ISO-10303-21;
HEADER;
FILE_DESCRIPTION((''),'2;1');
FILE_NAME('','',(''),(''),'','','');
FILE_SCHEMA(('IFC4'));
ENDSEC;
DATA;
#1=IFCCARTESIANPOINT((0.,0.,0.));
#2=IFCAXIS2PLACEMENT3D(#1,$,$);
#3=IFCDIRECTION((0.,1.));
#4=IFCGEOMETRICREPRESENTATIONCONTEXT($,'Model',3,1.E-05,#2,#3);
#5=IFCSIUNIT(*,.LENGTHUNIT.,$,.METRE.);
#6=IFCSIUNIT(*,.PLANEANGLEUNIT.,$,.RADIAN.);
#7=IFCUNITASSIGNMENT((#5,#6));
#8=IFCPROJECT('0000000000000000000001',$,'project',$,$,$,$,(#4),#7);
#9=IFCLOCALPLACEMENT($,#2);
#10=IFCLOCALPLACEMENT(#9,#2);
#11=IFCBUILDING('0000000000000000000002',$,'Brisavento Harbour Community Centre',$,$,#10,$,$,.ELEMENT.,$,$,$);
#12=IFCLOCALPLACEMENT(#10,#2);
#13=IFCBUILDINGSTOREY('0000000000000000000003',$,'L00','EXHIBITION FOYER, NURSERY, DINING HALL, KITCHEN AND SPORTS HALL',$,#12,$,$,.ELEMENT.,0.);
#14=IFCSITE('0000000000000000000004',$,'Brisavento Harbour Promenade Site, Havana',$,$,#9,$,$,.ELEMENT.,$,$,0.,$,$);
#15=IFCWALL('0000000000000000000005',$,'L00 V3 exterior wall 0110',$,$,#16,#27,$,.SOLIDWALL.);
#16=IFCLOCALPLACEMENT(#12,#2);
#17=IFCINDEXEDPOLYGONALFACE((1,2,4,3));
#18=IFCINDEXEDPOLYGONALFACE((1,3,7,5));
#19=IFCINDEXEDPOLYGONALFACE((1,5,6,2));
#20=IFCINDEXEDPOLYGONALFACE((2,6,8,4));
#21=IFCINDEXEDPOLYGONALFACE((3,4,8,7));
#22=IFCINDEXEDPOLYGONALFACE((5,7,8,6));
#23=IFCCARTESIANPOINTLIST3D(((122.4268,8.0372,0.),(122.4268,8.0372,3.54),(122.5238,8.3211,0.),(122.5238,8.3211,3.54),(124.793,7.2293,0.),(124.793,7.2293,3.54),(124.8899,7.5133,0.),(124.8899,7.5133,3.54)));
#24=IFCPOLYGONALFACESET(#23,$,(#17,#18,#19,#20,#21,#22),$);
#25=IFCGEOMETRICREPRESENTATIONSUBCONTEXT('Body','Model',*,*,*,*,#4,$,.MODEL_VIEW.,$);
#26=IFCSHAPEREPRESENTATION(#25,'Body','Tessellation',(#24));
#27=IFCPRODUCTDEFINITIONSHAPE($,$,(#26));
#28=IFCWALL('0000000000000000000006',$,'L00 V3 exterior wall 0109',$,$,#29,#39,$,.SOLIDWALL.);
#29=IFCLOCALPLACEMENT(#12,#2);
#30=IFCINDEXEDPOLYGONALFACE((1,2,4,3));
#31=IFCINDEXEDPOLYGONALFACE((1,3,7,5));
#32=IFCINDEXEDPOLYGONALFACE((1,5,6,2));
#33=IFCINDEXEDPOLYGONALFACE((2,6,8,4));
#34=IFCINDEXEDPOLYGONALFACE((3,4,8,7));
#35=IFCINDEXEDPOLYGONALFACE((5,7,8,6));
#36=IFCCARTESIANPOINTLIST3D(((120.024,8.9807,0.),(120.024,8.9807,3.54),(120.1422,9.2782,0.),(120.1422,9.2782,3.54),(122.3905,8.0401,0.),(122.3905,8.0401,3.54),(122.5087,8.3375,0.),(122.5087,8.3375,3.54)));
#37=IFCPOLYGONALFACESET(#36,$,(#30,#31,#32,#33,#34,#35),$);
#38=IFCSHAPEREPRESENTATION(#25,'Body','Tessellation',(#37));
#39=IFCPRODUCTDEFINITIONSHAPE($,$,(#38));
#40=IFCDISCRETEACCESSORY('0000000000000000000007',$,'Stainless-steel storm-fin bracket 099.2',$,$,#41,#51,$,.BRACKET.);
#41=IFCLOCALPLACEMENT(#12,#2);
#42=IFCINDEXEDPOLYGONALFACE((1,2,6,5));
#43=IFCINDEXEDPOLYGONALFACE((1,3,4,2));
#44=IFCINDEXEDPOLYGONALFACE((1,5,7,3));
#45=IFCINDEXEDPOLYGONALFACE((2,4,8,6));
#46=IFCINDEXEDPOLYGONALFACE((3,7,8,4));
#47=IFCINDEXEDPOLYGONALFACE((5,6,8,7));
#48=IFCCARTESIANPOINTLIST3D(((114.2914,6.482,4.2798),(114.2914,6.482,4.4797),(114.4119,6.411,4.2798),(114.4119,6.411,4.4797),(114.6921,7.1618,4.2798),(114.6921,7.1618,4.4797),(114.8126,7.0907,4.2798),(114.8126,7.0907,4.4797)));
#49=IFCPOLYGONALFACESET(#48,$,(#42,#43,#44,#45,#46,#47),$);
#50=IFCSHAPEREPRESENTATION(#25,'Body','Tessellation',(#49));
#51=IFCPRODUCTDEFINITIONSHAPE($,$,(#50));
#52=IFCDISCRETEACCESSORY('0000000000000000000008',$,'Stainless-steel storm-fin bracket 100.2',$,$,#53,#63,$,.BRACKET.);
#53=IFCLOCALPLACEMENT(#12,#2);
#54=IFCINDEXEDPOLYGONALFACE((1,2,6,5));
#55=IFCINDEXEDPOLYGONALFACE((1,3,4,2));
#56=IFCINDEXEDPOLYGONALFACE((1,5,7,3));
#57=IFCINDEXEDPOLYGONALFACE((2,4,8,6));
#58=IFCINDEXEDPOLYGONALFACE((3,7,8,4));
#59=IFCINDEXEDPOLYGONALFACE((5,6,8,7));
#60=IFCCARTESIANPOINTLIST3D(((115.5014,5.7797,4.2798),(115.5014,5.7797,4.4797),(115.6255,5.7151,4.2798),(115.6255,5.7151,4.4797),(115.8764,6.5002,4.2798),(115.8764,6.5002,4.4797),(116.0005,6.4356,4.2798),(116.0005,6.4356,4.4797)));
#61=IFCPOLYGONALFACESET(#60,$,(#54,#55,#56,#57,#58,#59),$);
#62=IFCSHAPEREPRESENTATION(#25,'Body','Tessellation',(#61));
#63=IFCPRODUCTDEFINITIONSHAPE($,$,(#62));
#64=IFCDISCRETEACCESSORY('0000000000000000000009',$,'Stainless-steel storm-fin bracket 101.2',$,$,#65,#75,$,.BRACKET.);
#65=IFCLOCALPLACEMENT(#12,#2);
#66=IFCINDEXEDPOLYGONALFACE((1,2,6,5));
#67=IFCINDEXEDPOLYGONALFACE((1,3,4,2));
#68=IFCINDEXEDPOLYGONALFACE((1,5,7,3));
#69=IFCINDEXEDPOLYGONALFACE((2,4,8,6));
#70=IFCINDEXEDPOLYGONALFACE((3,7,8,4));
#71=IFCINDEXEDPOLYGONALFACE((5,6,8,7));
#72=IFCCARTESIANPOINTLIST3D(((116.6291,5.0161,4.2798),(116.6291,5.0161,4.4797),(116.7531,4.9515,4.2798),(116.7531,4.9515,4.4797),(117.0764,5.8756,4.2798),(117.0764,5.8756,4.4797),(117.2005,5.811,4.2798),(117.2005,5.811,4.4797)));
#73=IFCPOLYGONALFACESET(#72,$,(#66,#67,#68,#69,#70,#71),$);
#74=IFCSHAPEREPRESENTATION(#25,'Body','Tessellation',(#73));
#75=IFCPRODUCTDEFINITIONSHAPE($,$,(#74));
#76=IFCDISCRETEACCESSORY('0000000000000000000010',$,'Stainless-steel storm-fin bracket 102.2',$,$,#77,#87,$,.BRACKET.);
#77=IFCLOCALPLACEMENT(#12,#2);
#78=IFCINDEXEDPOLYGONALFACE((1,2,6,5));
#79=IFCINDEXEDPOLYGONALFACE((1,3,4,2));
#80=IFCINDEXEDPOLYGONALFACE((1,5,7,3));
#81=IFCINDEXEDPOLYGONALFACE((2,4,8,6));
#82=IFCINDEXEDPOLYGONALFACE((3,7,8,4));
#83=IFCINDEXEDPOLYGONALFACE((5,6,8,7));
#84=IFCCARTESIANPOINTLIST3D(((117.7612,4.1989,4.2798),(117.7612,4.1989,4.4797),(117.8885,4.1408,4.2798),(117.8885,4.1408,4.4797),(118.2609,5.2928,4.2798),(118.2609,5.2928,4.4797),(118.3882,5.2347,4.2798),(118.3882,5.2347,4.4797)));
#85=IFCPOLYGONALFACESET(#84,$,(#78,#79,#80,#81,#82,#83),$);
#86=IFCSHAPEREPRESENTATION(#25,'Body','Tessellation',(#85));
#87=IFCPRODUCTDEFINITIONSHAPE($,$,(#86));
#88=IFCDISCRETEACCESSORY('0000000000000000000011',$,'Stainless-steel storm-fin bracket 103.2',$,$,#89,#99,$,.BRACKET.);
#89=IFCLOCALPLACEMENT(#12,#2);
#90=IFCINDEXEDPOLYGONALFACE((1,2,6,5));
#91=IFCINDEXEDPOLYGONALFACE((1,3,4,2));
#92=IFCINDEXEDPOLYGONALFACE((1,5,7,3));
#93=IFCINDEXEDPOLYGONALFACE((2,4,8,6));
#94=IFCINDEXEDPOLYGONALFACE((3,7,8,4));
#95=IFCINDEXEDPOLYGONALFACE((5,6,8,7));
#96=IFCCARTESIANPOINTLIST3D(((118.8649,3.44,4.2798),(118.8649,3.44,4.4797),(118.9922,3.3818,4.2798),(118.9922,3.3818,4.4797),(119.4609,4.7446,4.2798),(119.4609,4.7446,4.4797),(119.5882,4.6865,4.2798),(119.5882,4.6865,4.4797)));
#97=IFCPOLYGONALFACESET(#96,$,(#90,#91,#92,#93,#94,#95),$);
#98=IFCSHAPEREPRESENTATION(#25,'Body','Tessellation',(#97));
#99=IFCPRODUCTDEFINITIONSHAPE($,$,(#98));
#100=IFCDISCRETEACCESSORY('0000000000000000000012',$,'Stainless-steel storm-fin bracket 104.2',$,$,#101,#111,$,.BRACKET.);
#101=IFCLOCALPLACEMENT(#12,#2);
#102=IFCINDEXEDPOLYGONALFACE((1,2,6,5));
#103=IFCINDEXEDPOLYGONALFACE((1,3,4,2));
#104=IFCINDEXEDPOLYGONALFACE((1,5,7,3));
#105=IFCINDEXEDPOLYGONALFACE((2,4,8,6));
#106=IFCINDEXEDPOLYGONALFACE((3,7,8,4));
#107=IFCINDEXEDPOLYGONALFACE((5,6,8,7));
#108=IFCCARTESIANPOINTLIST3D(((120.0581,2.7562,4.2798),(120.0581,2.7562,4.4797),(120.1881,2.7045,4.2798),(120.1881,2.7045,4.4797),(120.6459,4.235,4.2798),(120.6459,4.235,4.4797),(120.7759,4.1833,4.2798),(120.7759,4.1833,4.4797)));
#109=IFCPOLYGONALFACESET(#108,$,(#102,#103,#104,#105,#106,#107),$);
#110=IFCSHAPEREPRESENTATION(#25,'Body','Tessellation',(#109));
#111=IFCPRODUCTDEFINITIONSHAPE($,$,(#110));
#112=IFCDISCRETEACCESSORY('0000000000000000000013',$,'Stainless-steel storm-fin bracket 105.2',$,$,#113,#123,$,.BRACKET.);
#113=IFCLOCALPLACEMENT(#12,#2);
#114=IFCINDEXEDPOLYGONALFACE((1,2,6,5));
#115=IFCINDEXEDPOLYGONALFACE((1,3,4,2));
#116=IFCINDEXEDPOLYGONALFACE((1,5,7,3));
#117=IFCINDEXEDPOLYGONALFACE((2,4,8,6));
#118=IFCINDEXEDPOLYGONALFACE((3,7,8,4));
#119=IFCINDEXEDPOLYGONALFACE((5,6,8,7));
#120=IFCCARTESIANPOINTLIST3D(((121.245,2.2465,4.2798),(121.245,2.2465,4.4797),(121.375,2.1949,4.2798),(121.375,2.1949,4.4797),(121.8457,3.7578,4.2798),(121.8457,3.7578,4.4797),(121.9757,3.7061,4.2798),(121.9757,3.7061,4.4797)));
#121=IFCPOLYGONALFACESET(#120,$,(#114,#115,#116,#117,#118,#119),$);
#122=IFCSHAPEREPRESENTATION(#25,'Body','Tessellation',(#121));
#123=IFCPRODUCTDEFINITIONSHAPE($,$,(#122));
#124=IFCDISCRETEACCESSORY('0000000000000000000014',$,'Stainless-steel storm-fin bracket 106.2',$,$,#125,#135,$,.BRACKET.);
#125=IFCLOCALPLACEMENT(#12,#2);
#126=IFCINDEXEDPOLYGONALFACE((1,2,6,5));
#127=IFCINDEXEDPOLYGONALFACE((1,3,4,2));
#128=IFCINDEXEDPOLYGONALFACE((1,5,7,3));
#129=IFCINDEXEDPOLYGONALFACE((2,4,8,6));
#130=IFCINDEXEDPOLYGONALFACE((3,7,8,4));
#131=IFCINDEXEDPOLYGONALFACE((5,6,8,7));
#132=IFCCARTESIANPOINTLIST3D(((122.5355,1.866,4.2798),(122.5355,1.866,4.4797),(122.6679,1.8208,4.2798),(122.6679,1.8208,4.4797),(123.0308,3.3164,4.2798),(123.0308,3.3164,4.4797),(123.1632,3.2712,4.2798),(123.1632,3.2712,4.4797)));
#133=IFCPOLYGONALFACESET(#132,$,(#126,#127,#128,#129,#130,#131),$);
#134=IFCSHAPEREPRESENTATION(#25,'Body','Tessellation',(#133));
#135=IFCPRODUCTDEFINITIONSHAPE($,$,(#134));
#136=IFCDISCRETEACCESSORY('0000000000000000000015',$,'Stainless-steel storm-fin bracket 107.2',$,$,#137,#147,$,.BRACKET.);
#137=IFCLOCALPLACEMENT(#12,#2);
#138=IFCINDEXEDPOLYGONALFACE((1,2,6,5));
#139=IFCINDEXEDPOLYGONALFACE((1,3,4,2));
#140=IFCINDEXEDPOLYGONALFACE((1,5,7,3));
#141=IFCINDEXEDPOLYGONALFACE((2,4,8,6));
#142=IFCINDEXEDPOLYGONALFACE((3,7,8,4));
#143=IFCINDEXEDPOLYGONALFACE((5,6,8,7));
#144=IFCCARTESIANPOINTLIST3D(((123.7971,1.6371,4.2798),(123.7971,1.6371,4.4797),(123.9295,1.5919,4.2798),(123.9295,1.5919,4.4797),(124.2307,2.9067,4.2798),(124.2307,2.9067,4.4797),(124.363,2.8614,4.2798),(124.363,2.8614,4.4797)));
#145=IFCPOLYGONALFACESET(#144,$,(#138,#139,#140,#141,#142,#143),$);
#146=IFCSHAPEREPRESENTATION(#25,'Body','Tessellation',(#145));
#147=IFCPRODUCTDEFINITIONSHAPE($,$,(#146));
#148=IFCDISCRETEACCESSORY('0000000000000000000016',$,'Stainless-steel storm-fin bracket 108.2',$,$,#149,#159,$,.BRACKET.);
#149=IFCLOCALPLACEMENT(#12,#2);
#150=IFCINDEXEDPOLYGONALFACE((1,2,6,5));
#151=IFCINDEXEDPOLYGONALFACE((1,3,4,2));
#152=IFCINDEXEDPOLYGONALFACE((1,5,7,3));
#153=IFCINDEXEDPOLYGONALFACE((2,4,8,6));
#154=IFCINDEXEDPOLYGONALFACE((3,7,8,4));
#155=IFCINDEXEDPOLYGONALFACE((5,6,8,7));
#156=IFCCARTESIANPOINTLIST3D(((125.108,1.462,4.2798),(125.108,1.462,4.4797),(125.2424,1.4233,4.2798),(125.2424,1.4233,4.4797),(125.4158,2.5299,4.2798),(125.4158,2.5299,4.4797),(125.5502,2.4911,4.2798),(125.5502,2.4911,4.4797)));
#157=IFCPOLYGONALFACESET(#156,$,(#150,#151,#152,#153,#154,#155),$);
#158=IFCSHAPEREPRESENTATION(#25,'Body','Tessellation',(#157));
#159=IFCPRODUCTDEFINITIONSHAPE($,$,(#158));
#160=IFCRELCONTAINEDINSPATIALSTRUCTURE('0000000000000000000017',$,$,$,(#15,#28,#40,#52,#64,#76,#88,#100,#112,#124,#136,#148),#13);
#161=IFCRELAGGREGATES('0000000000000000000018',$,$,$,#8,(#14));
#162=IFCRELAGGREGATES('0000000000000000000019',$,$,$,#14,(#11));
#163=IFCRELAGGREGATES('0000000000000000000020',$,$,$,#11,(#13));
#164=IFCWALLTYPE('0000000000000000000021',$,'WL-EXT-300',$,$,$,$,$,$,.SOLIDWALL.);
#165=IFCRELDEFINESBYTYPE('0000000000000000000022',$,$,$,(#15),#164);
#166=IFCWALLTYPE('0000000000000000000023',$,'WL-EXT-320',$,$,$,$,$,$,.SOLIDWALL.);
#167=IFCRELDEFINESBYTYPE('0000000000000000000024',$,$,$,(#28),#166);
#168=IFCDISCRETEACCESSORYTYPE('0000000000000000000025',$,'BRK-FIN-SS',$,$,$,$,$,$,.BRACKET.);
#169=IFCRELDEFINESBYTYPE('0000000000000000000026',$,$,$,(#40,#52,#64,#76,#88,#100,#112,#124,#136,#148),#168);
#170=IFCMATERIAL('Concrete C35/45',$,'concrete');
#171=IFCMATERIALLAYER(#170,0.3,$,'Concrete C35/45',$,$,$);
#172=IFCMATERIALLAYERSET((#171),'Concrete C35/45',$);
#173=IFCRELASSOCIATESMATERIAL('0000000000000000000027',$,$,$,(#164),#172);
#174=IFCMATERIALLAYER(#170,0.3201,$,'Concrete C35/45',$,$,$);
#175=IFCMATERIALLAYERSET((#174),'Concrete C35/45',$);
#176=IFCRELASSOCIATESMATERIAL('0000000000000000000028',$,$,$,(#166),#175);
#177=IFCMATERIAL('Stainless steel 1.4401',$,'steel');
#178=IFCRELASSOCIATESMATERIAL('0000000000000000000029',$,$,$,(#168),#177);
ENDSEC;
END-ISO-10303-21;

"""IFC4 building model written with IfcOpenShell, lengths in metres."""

from ifc_helpers import new_model, si_unit, direction, frame, frame_2d, origin, origin_2d, place, context, subcontext, project, spatial, rectangle, extrude, material, layer, layer_set, type_object, element, save


model = new_model("IFC4")

# Units and contexts
model_context = context("Model", 3, precision=1e-05, world=origin(), true_north=direction((0.0, 1.0)))
body_context = subcontext(model_context, "Body", "Model", "MODEL_VIEW")
ifc_project = project(units=[si_unit("LENGTHUNIT", "METRE"), si_unit("PLANEANGLEUNIT", "RADIAN")], contexts=[model_context])

# Site, building, storey
site_placement = place(None, origin())
site = spatial("IfcSite", under=ifc_project, at=site_placement, Name="Brisavento Harbour Promenade Site, Havana", CompositionType="ELEMENT", RefElevation=0.0)
building_placement = place(site_placement, origin())
building = spatial("IfcBuilding", under=site, at=building_placement, Name="Brisavento Harbour Community Centre", CompositionType="ELEMENT")
storey_placement = place(building_placement, origin())
storey = spatial("IfcBuildingStorey", under=building, at=storey_placement, Name="L00", Description="EXHIBITION FOYER, NURSERY, DINING HALL, KITCHEN AND SPORTS HALL", CompositionType="ELEMENT", Elevation=0.0)

# Shared definitions
ifc_material_1 = material(Name="Concrete C35/45", Category="concrete")

# Walls
ifc_layer_1 = layer(ifc_material_1, 0.3, Name="Concrete C35/45")
ifc_layer_set_1 = layer_set([ifc_layer_1], Name="Concrete C35/45")
wall_type_1 = type_object("IfcWallType", Name="WL-EXT-300", PredefinedType="SOLIDWALL", material=ifc_layer_set_1)
wall_1_placement = place(storey_placement, frame((124.8413, 7.3713, 0.0), z_axis=(0.0, 0.0, 1.0), x_axis=(-0.946364, 0.323103, 0.0)))
element("IfcWall", 1, at=wall_1_placement, inside=storey, type_object=wall_type_1, Name="L00 V3 exterior wall 0110", PredefinedType="SOLIDWALL", context=body_context, shape_type="SweptSolid", body=[
    extrude(rectangle(XDim=2.5002, YDim=0.3, at=frame_2d((1.25, 0.0))), origin(), (0.0, 0.0, 1.0), 3.54),
])
ifc_layer_2 = layer(ifc_material_1, 0.3201, Name="Concrete C35/45")
ifc_layer_set_2 = layer_set([ifc_layer_2], Name="Concrete C35/45")
wall_type_2 = type_object("IfcWallType", Name="WL-EXT-320", PredefinedType="SOLIDWALL", material=ifc_layer_set_2)
wall_2_placement = place(storey_placement, frame((122.4497, 8.1887, 0.0), z_axis=(0.0, 0.0, 1.0), x_axis=(-0.929275, 0.36939, 0.0)))
element("IfcWall", 2, at=wall_2_placement, inside=storey, type_object=wall_type_2, Name="L00 V3 exterior wall 0109", PredefinedType="SOLIDWALL", context=body_context, shape_type="SweptSolid", body=[
    extrude(rectangle(XDim=2.5466, YDim=0.3201, at=frame_2d((1.2734, 0.0))), origin(), (0.0, 0.0, 1.0), 3.54),
])

# Discrete accessories
ifc_material_2 = material(Name="Stainless steel 1.4401", Category="steel")
discrete_accessory_type = type_object("IfcDiscreteAccessoryType", Name="BRK-FIN-SS", PredefinedType="BRACKET", material=ifc_material_2)
discrete_accessory_1_placement = place(storey_placement, frame((114.552, 6.7864, 4.2798), z_axis=(0.0, 0.0, 1.0), x_axis=(-0.507869, -0.861434, 0.0)))
element("IfcDiscreteAccessory", 3, at=discrete_accessory_1_placement, inside=storey, type_object=discrete_accessory_type, Name="Stainless-steel storm-fin bracket 099.2", PredefinedType="BRACKET", context=body_context, shape_type="SweptSolid", body=[
    extrude(rectangle(XDim=0.7891, YDim=0.1399, at=origin_2d()), origin(), (0.0, 0.0, 1.0), 0.2),
])
discrete_accessory_2_placement = place(storey_placement, frame((115.751, 6.1077, 4.2798), z_axis=(0.0, 0.0, 1.0), x_axis=(-0.461702, -0.887035, 0.0)))
element("IfcDiscreteAccessory", 4, at=discrete_accessory_2_placement, inside=storey, type_object=discrete_accessory_type, Name="Stainless-steel storm-fin bracket 100.2", PredefinedType="BRACKET", context=body_context, shape_type="SweptSolid", body=[
    extrude(rectangle(XDim=0.8123, YDim=0.1399, at=origin_2d()), origin(), (0.0, 0.0, 1.0), 0.2),
])
discrete_accessory_3_placement = place(storey_placement, frame((116.9148, 5.4136, 4.2798), z_axis=(0.0, 0.0, 1.0), x_axis=(-0.461702, -0.887035, 0.0)))
element("IfcDiscreteAccessory", 5, at=discrete_accessory_3_placement, inside=storey, type_object=discrete_accessory_type, Name="Stainless-steel storm-fin bracket 101.2", PredefinedType="BRACKET", context=body_context, shape_type="SweptSolid", body=[
    extrude(rectangle(XDim=0.969, YDim=0.1399, at=origin_2d()), origin(), (0.0, 0.0, 1.0), 0.2),
])
discrete_accessory_4_placement = place(storey_placement, frame((118.0747, 4.7168, 4.2798), z_axis=(0.0, 0.0, 1.0), x_axis=(-0.415519, -0.909585, 0.0)))
element("IfcDiscreteAccessory", 6, at=discrete_accessory_4_placement, inside=storey, type_object=discrete_accessory_type, Name="Stainless-steel storm-fin bracket 102.2", PredefinedType="BRACKET", context=body_context, shape_type="SweptSolid", body=[
    extrude(rectangle(XDim=1.2026, YDim=0.1399, at=origin_2d()), origin(), (0.0, 0.0, 1.0), 0.2),
])
discrete_accessory_5_placement = place(storey_placement, frame((119.2266, 4.0632, 4.2798), z_axis=(0.0, 0.0, 1.0), x_axis=(-0.415519, -0.909585, 0.0)))
element("IfcDiscreteAccessory", 7, at=discrete_accessory_5_placement, inside=storey, type_object=discrete_accessory_type, Name="Stainless-steel storm-fin bracket 103.2", PredefinedType="BRACKET", context=body_context, shape_type="SweptSolid", body=[
    extrude(rectangle(XDim=1.4343, YDim=0.1399, at=origin_2d()), origin(), (0.0, 0.0, 1.0), 0.2),
])
discrete_accessory_6_placement = place(storey_placement, frame((120.417, 3.4697, 4.2798), z_axis=(0.0, 0.0, 1.0), x_axis=(-0.369341, -0.929294, 0.0)))
element("IfcDiscreteAccessory", 8, at=discrete_accessory_6_placement, inside=storey, type_object=discrete_accessory_type, Name="Stainless-steel storm-fin bracket 104.2", PredefinedType="BRACKET", context=body_context, shape_type="SweptSolid", body=[
    extrude(rectangle(XDim=1.5913, YDim=0.1399, at=origin_2d()), origin(), (0.0, 0.0, 1.0), 0.2),
])
discrete_accessory_7_placement = place(storey_placement, frame((121.6104, 2.9763, 4.2798), z_axis=(0.0, 0.0, 1.0), x_axis=(-0.369341, -0.929294, 0.0)))
element("IfcDiscreteAccessory", 9, at=discrete_accessory_7_placement, inside=storey, type_object=discrete_accessory_type, Name="Stainless-steel storm-fin bracket 105.2", PredefinedType="BRACKET", context=body_context, shape_type="SweptSolid", body=[
    extrude(rectangle(XDim=1.6262, YDim=0.1399, at=origin_2d()), origin(), (0.0, 0.0, 1.0), 0.2),
])
discrete_accessory_8_placement = place(storey_placement, frame((122.8494, 2.5686, 4.2798), z_axis=(0.0, 0.0, 1.0), x_axis=(-0.323174, -0.946339, 0.0)))
element("IfcDiscreteAccessory", 10, at=discrete_accessory_8_placement, inside=storey, type_object=discrete_accessory_type, Name="Stainless-steel storm-fin bracket 106.2", PredefinedType="BRACKET", context=body_context, shape_type="SweptSolid", body=[
    extrude(rectangle(XDim=1.5327, YDim=0.1399, at=origin_2d()), origin(), (0.0, 0.0, 1.0), 0.2),
])
discrete_accessory_9_placement = place(storey_placement, frame((124.0801, 2.2493, 4.2798), z_axis=(0.0, 0.0, 1.0), x_axis=(-0.323174, -0.946339, 0.0)))
element("IfcDiscreteAccessory", 11, at=discrete_accessory_9_placement, inside=storey, type_object=discrete_accessory_type, Name="Stainless-steel storm-fin bracket 107.2", PredefinedType="BRACKET", context=body_context, shape_type="SweptSolid", body=[
    extrude(rectangle(XDim=1.3416, YDim=0.1399, at=origin_2d()), origin(), (0.0, 0.0, 1.0), 0.2),
])
discrete_accessory_10_placement = place(storey_placement, frame((125.3291, 1.9766, 4.2798), z_axis=(0.0, 0.0, 1.0), x_axis=(-0.276996, -0.960871, 0.0)))
element("IfcDiscreteAccessory", 12, at=discrete_accessory_10_placement, inside=storey, type_object=discrete_accessory_type, Name="Stainless-steel storm-fin bracket 108.2", PredefinedType="BRACKET", context=body_context, shape_type="SweptSolid", body=[
    extrude(rectangle(XDim=1.1113, YDim=0.1399, at=origin_2d()), origin(), (0.0, 0.0, 1.0), 0.2),
])

save(model, "model.ifc")
